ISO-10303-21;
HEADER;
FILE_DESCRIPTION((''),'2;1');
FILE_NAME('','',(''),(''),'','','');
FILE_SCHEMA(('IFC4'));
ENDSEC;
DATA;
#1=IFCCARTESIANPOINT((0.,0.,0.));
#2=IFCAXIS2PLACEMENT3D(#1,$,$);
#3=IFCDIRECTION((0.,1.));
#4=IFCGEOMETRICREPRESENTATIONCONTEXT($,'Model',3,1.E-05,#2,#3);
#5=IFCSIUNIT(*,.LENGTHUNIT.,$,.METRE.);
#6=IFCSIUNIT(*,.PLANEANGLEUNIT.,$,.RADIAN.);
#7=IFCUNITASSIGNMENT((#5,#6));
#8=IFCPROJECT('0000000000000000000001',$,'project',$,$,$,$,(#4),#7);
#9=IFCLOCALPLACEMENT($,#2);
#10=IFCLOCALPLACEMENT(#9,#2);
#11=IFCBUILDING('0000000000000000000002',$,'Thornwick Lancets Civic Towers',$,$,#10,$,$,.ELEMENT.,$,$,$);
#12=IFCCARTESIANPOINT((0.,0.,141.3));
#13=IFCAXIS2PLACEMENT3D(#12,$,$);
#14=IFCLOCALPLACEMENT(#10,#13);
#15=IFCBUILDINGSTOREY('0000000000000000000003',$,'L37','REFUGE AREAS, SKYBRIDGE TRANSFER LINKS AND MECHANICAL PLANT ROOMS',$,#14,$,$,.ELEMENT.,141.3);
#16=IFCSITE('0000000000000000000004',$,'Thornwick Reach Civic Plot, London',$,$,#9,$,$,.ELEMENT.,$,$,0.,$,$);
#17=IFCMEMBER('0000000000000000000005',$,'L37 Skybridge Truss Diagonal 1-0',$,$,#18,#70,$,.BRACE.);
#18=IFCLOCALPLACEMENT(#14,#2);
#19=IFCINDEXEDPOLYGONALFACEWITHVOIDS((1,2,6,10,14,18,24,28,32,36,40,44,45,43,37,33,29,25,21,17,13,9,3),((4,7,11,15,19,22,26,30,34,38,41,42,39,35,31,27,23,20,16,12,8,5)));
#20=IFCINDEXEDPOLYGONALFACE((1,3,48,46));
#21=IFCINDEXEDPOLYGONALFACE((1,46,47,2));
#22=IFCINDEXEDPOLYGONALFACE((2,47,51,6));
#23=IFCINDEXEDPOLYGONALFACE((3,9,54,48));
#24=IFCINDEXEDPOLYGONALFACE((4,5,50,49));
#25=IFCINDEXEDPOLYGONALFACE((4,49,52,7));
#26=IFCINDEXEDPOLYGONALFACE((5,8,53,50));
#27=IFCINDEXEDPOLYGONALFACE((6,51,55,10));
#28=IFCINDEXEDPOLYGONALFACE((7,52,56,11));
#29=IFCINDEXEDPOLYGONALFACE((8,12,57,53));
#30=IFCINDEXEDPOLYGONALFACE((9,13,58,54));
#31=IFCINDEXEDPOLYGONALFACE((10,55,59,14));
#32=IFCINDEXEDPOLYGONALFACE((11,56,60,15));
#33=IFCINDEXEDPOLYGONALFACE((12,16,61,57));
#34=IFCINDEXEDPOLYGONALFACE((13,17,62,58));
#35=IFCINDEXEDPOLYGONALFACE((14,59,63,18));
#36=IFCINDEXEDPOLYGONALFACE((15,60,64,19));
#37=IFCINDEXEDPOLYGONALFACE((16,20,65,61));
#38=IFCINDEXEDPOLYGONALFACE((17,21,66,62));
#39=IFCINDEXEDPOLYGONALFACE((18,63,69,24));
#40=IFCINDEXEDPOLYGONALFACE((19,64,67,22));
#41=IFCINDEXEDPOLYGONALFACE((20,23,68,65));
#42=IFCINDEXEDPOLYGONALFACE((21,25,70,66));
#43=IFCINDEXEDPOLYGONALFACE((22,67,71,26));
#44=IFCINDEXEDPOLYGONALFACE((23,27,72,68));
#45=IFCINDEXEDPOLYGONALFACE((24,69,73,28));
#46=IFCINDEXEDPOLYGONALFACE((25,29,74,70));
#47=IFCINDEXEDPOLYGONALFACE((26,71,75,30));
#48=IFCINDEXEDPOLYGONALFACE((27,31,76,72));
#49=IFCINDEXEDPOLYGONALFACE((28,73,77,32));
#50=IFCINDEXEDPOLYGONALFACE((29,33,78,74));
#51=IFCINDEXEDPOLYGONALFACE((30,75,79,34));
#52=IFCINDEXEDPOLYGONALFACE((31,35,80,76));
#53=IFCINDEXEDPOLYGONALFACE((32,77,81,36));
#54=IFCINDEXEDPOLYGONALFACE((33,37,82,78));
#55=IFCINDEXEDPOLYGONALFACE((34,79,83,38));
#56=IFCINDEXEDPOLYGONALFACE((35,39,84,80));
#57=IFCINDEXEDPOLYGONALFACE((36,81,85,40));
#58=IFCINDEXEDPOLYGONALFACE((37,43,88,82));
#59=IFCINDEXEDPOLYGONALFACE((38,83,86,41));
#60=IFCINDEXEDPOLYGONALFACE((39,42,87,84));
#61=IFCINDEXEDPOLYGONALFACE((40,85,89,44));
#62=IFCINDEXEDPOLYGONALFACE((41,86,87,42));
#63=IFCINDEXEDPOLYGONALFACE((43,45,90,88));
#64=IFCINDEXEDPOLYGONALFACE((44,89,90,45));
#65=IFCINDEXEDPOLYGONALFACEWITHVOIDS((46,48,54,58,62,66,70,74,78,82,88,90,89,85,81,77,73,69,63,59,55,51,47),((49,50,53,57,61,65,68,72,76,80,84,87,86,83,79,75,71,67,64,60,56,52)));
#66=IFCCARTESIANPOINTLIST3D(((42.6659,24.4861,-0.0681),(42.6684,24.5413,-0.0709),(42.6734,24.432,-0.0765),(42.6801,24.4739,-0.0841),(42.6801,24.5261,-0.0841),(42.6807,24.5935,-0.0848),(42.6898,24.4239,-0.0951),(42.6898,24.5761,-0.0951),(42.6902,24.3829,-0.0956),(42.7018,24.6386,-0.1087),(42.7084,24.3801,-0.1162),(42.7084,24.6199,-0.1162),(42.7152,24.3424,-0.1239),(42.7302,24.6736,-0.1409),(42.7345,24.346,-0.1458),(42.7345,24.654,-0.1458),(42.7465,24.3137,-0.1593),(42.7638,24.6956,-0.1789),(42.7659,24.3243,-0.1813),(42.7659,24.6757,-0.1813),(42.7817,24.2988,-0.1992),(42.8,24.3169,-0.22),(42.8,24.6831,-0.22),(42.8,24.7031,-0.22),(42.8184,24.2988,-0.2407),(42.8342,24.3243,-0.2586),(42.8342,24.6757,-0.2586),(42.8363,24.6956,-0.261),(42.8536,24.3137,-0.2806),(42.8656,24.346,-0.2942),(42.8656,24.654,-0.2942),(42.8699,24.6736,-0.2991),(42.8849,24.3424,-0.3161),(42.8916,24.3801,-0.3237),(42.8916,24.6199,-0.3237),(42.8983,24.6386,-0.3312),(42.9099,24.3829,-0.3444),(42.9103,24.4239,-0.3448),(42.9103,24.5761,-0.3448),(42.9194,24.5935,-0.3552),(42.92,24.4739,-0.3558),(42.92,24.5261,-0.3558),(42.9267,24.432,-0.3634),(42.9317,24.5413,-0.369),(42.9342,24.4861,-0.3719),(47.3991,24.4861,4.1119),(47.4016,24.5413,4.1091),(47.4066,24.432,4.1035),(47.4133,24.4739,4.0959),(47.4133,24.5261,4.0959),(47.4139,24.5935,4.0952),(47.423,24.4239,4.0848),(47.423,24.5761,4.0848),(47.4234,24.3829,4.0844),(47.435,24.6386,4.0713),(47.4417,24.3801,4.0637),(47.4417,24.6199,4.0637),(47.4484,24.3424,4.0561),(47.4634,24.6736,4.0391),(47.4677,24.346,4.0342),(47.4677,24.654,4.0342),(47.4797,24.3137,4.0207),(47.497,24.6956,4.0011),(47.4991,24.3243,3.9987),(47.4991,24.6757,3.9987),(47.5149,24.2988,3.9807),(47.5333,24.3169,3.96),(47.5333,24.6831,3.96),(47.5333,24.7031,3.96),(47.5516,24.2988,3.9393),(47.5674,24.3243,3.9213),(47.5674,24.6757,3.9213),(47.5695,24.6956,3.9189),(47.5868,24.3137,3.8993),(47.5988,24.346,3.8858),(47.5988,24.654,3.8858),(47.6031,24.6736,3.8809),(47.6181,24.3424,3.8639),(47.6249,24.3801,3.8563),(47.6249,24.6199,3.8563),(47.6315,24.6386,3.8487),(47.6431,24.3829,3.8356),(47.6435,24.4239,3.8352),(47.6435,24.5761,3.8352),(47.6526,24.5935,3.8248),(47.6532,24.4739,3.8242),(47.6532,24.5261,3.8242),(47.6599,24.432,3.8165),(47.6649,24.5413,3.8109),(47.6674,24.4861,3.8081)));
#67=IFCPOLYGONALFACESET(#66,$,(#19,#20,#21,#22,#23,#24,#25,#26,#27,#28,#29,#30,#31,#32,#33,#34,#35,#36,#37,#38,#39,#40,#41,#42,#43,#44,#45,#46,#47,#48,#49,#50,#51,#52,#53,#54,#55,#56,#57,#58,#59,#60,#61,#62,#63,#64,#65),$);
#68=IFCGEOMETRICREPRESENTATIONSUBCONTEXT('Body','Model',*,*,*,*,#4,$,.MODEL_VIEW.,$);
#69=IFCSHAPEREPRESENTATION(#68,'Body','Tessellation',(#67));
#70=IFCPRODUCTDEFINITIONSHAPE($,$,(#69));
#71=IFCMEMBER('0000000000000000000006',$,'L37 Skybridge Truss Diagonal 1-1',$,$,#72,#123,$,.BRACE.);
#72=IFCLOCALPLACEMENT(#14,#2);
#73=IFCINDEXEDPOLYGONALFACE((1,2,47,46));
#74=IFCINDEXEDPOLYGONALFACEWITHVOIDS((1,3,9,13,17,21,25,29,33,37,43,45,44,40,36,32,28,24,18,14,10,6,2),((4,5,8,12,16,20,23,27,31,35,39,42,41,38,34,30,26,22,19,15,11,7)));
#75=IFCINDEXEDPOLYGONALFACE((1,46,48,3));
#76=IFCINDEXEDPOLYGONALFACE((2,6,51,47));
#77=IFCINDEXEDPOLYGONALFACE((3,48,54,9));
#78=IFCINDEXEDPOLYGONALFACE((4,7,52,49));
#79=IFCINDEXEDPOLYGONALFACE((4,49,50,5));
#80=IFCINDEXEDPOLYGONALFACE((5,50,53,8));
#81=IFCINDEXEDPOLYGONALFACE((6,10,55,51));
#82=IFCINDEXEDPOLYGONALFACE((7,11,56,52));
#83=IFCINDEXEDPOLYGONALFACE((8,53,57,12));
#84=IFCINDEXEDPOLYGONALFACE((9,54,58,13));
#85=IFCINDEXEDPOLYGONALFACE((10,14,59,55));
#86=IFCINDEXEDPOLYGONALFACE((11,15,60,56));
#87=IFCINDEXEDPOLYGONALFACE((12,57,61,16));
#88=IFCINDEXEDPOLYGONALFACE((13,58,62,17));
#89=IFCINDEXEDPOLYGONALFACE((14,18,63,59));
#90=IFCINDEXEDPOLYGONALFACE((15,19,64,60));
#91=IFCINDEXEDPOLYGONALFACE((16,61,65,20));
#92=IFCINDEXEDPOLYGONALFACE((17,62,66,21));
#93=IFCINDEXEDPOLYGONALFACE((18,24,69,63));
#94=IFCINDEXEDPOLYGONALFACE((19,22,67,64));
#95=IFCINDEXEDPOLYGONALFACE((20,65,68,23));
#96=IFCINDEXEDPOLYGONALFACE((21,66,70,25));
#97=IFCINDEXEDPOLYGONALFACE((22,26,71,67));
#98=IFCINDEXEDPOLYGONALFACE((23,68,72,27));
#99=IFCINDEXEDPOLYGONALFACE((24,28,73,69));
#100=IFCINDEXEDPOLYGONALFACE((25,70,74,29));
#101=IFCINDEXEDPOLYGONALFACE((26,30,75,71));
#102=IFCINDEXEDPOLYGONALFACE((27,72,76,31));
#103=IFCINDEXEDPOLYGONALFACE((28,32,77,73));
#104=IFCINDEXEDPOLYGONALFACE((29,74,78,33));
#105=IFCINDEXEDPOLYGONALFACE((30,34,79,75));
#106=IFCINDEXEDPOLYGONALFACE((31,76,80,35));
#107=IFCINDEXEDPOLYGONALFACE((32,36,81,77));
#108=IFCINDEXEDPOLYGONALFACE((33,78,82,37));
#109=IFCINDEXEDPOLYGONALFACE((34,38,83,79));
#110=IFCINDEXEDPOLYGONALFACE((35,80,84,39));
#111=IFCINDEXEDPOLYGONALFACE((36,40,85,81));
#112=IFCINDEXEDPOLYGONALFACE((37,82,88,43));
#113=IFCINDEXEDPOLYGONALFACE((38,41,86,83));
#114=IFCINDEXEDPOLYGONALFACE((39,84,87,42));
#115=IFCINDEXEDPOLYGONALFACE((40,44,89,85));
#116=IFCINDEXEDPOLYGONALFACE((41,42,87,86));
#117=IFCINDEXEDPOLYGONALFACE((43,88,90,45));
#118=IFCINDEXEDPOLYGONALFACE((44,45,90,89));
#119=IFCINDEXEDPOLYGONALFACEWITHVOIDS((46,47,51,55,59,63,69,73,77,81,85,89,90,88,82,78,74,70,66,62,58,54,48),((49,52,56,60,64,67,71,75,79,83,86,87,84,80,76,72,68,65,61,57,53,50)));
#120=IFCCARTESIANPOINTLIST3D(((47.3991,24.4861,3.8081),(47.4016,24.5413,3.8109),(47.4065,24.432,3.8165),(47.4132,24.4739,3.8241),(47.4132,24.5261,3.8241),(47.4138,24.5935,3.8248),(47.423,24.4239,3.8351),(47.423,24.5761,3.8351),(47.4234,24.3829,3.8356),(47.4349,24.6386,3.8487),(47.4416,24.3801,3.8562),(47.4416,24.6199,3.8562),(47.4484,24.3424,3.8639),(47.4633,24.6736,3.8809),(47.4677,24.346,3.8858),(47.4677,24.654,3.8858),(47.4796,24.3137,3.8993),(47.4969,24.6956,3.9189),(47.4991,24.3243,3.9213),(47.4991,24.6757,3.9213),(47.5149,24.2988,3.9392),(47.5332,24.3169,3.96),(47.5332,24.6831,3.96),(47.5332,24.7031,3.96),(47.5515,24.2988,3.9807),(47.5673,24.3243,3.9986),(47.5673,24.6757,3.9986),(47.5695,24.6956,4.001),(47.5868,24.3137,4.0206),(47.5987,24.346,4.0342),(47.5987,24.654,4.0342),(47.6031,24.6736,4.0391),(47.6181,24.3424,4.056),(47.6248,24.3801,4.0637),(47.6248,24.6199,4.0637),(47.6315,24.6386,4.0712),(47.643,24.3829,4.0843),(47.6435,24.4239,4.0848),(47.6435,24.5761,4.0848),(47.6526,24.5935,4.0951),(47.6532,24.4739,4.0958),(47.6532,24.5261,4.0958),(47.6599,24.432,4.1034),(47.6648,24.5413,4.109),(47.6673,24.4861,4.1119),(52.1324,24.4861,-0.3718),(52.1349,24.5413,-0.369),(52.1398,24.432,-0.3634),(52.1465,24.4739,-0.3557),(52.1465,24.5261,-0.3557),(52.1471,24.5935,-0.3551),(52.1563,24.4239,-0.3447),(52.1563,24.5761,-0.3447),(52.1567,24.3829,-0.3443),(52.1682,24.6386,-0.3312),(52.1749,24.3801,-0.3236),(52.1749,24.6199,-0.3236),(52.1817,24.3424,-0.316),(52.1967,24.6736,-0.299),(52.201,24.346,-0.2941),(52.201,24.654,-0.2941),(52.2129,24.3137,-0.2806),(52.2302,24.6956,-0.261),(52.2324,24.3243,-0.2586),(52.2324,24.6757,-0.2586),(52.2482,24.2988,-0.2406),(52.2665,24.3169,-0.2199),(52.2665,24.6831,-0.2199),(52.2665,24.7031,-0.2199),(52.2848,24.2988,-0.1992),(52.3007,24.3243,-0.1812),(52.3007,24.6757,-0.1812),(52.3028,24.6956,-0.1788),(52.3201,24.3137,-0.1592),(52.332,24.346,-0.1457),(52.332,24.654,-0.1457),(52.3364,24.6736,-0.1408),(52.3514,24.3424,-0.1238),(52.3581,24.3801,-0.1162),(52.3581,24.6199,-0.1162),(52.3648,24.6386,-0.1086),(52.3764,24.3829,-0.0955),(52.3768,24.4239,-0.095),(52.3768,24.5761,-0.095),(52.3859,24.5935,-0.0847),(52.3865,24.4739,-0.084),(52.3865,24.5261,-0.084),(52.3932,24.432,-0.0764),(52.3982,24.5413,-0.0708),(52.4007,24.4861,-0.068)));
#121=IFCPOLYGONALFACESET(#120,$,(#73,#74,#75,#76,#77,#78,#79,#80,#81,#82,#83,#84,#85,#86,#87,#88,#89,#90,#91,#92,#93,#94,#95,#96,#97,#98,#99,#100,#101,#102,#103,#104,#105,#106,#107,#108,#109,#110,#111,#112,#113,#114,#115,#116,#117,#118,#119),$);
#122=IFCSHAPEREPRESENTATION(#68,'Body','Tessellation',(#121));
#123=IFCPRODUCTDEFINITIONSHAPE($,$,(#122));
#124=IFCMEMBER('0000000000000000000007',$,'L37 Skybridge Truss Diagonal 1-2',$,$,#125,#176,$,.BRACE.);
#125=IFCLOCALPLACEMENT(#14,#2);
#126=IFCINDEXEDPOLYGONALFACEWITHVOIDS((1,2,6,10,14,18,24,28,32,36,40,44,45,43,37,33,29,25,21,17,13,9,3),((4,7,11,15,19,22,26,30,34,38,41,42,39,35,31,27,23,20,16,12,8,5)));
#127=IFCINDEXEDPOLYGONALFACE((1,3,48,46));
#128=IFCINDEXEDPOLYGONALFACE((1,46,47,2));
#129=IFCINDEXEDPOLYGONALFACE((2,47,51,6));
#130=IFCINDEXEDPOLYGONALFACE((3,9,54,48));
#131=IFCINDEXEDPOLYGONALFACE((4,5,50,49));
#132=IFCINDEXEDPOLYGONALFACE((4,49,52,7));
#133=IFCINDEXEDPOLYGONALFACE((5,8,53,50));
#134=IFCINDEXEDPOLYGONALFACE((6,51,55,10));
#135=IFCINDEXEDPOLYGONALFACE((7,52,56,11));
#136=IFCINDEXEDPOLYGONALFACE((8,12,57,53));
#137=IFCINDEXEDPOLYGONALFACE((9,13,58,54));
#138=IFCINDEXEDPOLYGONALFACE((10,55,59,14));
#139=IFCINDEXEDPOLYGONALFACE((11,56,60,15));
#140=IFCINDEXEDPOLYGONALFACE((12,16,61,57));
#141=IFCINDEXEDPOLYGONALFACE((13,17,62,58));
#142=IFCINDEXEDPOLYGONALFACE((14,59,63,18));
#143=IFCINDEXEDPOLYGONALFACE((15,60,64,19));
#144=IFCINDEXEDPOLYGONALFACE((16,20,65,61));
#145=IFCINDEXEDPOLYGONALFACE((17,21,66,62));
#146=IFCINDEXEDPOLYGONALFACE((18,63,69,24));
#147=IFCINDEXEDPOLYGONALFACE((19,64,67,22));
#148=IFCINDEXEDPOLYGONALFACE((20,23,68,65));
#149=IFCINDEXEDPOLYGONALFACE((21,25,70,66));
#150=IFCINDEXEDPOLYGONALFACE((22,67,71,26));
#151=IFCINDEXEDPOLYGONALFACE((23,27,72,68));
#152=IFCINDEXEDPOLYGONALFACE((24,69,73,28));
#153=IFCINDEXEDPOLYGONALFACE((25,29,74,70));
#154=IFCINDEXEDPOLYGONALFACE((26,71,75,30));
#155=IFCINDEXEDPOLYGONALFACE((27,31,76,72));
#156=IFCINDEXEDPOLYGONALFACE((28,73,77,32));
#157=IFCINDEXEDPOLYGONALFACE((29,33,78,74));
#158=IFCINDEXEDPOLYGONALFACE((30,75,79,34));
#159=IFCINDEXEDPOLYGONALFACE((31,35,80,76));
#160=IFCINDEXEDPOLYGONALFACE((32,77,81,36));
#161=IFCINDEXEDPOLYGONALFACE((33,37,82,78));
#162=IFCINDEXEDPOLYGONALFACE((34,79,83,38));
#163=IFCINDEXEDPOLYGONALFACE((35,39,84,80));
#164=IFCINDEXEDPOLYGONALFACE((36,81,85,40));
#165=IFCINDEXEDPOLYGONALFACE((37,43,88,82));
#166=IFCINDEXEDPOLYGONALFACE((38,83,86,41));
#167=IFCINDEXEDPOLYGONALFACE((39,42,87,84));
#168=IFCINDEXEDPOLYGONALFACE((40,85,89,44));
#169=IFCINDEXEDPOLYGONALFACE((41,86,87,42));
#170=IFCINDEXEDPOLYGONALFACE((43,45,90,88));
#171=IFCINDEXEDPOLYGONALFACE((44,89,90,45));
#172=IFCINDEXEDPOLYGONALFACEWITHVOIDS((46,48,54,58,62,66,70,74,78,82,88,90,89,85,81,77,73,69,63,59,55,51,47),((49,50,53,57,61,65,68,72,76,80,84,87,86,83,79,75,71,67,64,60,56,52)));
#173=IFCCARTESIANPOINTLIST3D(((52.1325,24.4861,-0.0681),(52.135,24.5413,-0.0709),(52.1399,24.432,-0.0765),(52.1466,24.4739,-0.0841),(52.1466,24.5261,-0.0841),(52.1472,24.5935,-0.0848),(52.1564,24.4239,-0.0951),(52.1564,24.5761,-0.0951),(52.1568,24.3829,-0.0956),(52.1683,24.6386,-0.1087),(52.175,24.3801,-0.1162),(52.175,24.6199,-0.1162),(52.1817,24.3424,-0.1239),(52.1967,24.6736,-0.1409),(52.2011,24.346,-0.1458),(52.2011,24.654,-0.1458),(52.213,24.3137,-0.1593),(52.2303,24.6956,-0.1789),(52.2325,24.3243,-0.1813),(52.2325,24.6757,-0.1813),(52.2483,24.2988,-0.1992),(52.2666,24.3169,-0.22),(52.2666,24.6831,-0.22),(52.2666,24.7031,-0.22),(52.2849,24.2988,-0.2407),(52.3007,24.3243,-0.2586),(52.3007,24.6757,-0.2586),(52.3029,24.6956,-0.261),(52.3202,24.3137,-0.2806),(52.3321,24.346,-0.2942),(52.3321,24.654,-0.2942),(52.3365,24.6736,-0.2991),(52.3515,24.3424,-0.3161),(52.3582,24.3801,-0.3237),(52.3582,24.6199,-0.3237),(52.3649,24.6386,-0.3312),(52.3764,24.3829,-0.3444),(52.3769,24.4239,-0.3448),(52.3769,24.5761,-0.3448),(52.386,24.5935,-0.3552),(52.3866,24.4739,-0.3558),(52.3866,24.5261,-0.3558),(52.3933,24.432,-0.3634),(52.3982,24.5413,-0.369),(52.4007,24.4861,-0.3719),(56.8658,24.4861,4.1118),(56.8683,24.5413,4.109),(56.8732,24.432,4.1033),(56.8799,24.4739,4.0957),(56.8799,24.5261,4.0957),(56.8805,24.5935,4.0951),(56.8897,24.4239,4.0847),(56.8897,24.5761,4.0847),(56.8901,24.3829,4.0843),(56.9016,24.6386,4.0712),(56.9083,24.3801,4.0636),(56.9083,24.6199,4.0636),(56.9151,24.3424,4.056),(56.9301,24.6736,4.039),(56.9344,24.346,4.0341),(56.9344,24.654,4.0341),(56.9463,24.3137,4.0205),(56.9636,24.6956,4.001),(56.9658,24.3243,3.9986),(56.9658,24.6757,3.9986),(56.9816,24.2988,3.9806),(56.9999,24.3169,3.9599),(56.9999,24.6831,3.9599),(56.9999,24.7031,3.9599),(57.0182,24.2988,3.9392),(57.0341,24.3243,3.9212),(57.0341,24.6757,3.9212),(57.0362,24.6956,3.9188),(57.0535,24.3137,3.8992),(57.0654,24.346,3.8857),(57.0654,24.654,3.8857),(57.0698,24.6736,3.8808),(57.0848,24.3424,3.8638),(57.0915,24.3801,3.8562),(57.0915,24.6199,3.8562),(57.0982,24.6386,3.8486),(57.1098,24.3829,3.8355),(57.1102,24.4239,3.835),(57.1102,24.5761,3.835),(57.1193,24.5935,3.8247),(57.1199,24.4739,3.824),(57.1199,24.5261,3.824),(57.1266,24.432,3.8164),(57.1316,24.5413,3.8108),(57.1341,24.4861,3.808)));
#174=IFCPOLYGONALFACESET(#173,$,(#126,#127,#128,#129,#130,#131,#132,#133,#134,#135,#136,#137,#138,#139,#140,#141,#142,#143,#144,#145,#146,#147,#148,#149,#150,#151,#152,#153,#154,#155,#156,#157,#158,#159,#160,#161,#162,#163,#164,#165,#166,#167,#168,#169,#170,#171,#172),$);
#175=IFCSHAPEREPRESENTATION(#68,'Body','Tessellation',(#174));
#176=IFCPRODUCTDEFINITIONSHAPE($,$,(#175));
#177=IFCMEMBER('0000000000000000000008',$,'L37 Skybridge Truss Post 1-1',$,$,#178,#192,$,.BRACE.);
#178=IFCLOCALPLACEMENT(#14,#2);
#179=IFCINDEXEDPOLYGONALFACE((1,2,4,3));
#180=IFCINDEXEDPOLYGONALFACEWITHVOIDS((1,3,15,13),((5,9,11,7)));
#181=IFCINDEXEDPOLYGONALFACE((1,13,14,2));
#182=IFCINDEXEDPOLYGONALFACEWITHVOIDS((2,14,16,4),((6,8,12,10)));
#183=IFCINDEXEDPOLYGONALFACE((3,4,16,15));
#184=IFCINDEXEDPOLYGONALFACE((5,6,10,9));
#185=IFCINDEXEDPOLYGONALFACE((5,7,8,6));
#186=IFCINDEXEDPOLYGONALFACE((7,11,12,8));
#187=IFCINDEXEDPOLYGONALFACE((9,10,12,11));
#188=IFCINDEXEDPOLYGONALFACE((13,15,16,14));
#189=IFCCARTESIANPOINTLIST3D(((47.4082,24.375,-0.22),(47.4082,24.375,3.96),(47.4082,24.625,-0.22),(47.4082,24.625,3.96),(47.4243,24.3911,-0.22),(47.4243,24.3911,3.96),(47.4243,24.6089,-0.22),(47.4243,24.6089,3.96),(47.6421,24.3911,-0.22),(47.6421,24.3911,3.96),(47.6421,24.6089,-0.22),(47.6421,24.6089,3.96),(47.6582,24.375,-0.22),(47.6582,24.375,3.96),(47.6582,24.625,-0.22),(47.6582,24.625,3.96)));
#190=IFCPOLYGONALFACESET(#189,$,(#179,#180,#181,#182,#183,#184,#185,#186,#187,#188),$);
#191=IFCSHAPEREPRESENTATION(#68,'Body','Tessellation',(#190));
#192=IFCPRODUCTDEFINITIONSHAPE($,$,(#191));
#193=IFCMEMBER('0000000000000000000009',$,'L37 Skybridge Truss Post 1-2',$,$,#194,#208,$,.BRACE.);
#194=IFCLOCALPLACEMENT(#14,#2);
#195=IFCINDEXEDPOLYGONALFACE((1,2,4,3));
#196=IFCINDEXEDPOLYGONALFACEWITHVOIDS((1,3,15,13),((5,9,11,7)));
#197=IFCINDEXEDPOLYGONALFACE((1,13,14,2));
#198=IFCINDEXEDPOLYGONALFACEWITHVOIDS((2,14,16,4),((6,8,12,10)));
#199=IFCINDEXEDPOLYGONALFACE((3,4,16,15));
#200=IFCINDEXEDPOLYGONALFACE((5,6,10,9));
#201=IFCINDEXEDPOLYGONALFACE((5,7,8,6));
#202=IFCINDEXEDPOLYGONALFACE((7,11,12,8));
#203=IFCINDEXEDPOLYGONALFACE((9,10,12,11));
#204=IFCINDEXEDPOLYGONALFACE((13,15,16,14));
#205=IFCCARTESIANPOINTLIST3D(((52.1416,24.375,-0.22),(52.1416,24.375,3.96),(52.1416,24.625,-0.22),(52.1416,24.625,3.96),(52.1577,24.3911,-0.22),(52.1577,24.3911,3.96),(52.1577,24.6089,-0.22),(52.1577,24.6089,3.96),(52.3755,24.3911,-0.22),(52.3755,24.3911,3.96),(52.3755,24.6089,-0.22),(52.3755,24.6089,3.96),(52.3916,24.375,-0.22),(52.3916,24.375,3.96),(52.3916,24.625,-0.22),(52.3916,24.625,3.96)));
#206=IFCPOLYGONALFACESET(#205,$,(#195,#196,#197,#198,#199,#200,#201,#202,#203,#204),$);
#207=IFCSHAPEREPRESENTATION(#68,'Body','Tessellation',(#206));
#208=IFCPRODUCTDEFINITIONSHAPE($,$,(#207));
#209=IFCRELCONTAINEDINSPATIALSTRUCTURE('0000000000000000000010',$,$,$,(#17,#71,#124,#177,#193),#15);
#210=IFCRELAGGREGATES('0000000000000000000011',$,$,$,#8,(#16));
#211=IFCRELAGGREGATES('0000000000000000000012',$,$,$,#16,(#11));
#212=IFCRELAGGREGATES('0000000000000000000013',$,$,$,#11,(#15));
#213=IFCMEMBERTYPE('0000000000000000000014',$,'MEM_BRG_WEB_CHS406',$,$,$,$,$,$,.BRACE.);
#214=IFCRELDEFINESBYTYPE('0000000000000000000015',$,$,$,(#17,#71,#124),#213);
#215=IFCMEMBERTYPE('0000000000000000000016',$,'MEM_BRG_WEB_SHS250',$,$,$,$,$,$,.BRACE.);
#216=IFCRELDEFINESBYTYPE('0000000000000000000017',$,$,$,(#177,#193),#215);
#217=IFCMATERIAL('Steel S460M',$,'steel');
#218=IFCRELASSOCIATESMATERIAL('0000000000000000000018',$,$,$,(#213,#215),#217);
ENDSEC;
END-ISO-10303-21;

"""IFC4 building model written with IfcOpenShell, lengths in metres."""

from ifc_helpers import new_model, si_unit, direction, frame, origin, origin_2d, place, context, subcontext, project, spatial, hollow_rectangle, hollow_circle, extrude, material, material_profile, profile_set, type_object, element, save


model = new_model("IFC4")

# Units and contexts
model_context = context("Model", 3, precision=1e-05, world=origin(), true_north=direction((0.0, 1.0)))
body_context = subcontext(model_context, "Body", "Model", "MODEL_VIEW")
ifc_project = project(units=[si_unit("LENGTHUNIT", "METRE"), si_unit("PLANEANGLEUNIT", "RADIAN")], contexts=[model_context])

# Site, building, storey
site_placement = place(None, origin())
site = spatial("IfcSite", under=ifc_project, at=site_placement, Name="Thornwick Reach Civic Plot, London", CompositionType="ELEMENT", RefElevation=0.0)
building_placement = place(site_placement, origin())
building = spatial("IfcBuilding", under=site, at=building_placement, Name="Thornwick Lancets Civic Towers", CompositionType="ELEMENT")
storey_placement = place(building_placement, frame((0.0, 0.0, 141.3)))
storey = spatial("IfcBuildingStorey", under=building, at=storey_placement, Name="L37", Description="REFUGE AREAS, SKYBRIDGE TRANSFER LINKS AND MECHANICAL PLANT ROOMS", CompositionType="ELEMENT", Elevation=141.3)

# Members
ifc_material_1 = material(Name="Steel S460M", Category="steel")
ifc_material_profile_1 = material_profile(ifc_material_1, hollow_circle(Radius=0.2031, WallThickness=0.02, at=origin_2d()), Name="CHS 406.4x20")
ifc_profile_set_1 = profile_set([ifc_material_profile_1], Name="Steel S460M")
member_type_1 = type_object("IfcMemberType", Name="MEM_BRG_WEB_CHS406", PredefinedType="BRACE", material=ifc_profile_set_1)
for number, where, z_axis, x_axis, name in (
    (1, (42.8, 24.5, -0.22), (0.749553, 0.0, 0.661944), (0.0, 1.0, 0.0), "L37 Skybridge Truss Diagonal 1-0"),
    (2, (47.5332, 24.5, 3.96), (0.74957, 0.0, -0.661925), (0.0, 1.0, 0.0), "L37 Skybridge Truss Diagonal 1-1"),
    (3, (52.2666, 24.5, -0.22), (0.74957, 0.0, 0.661925), (0.0, 1.0, 0.0), "L37 Skybridge Truss Diagonal 1-2"),
):
    element("IfcMember", number, at=place(storey_placement, frame(where, z_axis=z_axis, x_axis=x_axis)), inside=storey, type_object=member_type_1, Name=name, PredefinedType="BRACE", context=body_context, shape_type="SweptSolid", body=[
        extrude(hollow_circle(Radius=0.2031, WallThickness=0.02, at=origin_2d()), origin(), (0.0, 0.0, 1.0), 6.3147),
    ])
ifc_material_profile_2 = material_profile(ifc_material_1, hollow_rectangle(XDim=0.25, YDim=0.25, WallThickness=0.0161, at=origin_2d()), Name="SHS 250x250x16")
ifc_profile_set_2 = profile_set([ifc_material_profile_2], Name="Steel S460M")
member_type_2 = type_object("IfcMemberType", Name="MEM_BRG_WEB_SHS250", PredefinedType="BRACE", material=ifc_profile_set_2)
for number, where, z_axis, x_axis, name in (
    (4, (47.5332, 24.5, -0.22), (0.0, 0.0, 1.0), (1.0, 0.0, 0.0), "L37 Skybridge Truss Post 1-1"),
    (5, (52.2666, 24.5, -0.22), (0.0, 0.0, 1.0), (1.0, 0.0, 0.0), "L37 Skybridge Truss Post 1-2"),
):
    element("IfcMember", number, at=place(storey_placement, frame(where, z_axis=z_axis, x_axis=x_axis)), inside=storey, type_object=member_type_2, Name=name, PredefinedType="BRACE", context=body_context, shape_type="SweptSolid", body=[
        extrude(hollow_rectangle(XDim=0.25, YDim=0.25, WallThickness=0.0161, at=origin_2d()), origin(), (0.0, 0.0, 1.0), 4.1799),
    ])

save(model, "model.ifc")
